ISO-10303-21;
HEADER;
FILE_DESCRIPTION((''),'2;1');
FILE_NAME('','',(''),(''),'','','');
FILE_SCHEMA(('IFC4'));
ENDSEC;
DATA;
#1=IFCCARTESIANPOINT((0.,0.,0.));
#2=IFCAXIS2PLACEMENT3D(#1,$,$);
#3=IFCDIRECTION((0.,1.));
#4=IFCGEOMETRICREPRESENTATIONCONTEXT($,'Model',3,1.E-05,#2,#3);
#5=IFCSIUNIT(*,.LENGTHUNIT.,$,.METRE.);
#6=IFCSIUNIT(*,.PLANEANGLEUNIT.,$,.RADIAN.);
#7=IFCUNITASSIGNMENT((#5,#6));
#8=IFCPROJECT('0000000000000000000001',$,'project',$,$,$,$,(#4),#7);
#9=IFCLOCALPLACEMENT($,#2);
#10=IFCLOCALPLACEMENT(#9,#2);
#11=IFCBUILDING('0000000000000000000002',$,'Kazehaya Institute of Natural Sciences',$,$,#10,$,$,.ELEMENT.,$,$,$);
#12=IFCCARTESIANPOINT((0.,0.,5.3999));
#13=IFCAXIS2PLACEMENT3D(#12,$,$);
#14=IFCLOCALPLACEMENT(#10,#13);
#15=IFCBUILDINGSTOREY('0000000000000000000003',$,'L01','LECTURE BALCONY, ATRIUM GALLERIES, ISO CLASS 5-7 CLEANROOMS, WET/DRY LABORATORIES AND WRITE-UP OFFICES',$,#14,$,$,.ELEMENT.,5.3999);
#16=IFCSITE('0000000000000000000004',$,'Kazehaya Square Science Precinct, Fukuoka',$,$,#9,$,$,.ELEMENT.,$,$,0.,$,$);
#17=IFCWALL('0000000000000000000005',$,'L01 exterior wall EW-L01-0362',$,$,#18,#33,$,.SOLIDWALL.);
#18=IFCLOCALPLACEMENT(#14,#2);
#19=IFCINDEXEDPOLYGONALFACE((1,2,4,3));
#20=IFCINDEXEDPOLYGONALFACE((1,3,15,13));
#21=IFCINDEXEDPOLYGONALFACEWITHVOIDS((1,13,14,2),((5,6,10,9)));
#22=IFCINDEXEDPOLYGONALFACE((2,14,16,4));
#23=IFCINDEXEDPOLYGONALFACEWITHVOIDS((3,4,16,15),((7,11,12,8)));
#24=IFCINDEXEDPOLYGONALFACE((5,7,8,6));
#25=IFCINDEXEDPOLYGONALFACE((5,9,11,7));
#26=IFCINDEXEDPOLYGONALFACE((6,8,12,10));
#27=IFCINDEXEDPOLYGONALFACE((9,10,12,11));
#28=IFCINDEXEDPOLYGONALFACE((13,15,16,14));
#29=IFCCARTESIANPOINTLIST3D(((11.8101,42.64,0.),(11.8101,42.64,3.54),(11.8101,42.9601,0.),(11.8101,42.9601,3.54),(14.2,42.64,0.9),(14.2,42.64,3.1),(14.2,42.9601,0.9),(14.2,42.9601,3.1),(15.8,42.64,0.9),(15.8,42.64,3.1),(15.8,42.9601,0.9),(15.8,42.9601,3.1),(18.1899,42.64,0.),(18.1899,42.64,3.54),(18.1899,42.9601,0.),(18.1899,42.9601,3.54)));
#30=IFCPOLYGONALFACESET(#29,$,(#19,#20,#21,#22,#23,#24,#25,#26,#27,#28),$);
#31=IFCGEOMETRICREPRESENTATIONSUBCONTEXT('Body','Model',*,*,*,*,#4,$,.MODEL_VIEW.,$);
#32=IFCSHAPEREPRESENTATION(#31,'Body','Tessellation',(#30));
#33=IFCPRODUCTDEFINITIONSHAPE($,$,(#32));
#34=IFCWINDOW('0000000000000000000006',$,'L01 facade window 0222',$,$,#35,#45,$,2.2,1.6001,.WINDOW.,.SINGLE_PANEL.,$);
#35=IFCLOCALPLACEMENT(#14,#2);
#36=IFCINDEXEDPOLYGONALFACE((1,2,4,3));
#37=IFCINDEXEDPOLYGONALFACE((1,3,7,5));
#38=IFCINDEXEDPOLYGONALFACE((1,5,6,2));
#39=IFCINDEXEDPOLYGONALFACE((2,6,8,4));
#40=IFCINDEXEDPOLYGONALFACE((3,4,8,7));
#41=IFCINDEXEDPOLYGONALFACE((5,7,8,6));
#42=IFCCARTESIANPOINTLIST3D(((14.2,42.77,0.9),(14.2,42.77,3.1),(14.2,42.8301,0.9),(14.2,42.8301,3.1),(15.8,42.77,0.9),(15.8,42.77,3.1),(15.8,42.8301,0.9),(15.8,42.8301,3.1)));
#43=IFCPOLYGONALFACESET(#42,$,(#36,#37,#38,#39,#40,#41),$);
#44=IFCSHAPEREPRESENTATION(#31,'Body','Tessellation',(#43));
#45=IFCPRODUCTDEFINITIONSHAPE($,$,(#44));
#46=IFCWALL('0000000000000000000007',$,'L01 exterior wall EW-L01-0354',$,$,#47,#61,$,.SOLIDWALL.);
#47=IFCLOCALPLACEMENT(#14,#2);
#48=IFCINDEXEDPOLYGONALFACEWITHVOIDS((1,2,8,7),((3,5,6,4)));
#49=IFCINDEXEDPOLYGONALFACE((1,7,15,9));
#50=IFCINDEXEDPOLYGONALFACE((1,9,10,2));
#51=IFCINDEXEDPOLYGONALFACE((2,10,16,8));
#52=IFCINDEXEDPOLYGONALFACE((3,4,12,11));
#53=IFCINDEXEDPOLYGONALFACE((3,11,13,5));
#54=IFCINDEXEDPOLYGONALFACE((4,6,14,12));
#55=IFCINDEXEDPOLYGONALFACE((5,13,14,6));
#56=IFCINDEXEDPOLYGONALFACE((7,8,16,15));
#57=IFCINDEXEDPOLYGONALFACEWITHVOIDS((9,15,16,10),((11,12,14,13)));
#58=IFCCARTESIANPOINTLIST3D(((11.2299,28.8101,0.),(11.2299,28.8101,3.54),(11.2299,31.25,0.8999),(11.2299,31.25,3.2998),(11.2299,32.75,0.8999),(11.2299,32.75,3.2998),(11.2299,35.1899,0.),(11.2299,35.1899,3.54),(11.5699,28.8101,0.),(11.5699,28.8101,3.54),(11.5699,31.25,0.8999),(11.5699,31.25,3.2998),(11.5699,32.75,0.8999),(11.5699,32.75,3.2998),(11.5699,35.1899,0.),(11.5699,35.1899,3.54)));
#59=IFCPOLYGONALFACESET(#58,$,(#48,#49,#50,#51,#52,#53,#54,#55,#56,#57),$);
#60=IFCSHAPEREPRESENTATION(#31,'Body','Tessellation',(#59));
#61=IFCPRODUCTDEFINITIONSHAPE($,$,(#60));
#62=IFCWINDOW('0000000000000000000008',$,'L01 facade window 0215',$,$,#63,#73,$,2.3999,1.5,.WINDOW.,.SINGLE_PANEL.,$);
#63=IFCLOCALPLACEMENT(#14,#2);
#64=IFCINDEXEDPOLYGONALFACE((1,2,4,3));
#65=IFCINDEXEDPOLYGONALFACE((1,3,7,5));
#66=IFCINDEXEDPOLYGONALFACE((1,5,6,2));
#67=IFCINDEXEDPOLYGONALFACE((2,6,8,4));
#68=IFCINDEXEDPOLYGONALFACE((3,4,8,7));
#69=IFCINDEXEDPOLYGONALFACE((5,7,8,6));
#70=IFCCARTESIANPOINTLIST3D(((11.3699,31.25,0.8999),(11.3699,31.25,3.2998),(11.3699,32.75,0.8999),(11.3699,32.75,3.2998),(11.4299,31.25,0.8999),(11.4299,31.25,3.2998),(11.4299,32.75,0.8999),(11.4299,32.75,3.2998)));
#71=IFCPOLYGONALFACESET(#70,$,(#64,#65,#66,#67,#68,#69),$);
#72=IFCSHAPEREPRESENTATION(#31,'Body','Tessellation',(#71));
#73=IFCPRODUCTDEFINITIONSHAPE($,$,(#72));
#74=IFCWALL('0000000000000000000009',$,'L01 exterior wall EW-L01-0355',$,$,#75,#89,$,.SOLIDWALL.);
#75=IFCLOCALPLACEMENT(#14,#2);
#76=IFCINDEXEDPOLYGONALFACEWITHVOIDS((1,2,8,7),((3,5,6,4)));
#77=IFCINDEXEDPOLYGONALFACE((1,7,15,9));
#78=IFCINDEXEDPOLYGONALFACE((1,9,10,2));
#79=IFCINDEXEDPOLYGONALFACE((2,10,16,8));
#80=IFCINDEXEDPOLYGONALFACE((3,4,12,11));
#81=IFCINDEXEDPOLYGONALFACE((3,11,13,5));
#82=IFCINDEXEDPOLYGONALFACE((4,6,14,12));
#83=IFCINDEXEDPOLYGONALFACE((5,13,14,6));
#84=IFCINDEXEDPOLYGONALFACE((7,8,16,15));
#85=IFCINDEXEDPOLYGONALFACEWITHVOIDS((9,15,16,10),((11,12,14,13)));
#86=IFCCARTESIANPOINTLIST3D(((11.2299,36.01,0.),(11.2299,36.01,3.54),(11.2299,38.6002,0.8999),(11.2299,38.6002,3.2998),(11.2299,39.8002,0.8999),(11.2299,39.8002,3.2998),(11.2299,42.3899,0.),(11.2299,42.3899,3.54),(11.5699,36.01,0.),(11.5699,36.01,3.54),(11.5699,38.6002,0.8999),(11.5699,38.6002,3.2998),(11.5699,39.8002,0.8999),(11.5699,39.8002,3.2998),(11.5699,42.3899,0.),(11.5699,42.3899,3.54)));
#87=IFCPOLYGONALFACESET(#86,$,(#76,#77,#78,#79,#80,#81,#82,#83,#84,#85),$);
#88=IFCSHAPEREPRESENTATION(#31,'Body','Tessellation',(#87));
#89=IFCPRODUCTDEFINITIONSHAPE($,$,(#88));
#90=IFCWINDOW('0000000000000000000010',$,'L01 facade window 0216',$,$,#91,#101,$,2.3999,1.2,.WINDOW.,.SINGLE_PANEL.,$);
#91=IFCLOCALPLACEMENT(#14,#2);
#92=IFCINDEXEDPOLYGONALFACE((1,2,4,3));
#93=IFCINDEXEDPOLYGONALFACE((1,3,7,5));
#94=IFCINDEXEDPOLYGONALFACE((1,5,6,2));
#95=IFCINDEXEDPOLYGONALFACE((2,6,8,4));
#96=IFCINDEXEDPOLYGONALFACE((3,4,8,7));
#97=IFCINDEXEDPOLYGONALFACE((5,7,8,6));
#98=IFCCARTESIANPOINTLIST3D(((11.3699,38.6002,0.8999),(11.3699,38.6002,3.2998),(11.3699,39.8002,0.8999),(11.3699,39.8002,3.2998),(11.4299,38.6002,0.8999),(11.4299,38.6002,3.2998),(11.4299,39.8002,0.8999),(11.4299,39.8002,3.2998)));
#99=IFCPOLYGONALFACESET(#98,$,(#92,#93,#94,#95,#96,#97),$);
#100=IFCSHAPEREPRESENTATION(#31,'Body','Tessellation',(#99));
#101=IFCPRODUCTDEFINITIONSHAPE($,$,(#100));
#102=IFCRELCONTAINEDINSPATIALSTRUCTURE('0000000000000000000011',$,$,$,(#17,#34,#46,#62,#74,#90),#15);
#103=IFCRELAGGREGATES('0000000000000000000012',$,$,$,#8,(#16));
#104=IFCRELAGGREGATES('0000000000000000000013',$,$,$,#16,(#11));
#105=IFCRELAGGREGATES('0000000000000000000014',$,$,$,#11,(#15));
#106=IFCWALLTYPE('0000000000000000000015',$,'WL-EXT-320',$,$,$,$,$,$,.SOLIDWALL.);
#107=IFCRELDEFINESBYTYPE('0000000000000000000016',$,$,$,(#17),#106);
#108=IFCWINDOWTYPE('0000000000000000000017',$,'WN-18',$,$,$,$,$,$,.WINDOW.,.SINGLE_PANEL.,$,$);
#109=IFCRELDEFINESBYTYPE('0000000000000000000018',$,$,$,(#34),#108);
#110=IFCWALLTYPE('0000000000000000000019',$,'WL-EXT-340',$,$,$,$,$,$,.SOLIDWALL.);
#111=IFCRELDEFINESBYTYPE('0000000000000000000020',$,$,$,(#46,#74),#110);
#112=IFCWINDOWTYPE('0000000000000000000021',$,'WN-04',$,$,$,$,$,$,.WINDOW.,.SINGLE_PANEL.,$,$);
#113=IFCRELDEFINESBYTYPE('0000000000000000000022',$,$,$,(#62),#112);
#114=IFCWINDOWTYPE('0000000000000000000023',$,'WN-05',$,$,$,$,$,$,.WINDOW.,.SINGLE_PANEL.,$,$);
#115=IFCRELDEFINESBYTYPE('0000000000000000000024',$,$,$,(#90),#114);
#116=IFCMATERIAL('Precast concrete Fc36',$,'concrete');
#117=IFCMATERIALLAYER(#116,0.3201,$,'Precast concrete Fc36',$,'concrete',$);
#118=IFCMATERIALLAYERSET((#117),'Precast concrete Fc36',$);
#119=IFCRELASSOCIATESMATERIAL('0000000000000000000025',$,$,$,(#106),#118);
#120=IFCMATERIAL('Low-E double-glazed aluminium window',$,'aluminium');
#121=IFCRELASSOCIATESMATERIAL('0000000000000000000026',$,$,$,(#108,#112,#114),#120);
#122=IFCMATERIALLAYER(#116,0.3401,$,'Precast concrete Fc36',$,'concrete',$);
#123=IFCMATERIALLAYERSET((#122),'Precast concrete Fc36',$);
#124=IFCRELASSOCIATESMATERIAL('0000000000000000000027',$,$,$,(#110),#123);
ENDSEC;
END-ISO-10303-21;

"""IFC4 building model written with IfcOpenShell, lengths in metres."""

from ifc_helpers import new_model, si_unit, direction, frame, frame_2d, origin, place, context, subcontext, project, spatial, rectangle, extrude, material, layer, layer_set, type_object, element, fill, save


model = new_model("IFC4")

# Units and contexts
model_context = context("Model", 3, precision=1e-05, world=origin(), true_north=direction((0.0, 1.0)))
body_context = subcontext(model_context, "Body", "Model", "MODEL_VIEW")
ifc_project = project(units=[si_unit("LENGTHUNIT", "METRE"), si_unit("PLANEANGLEUNIT", "RADIAN")], contexts=[model_context])

# Site, building, storey
site_placement = place(None, origin())
site = spatial("IfcSite", under=ifc_project, at=site_placement, Name="Kazehaya Square Science Precinct, Fukuoka", CompositionType="ELEMENT", RefElevation=0.0)
building_placement = place(site_placement, origin())
building = spatial("IfcBuilding", under=site, at=building_placement, Name="Kazehaya Institute of Natural Sciences", CompositionType="ELEMENT")
storey_placement = place(building_placement, frame((0.0, 0.0, 5.3999)))
storey = spatial("IfcBuildingStorey", under=building, at=storey_placement, Name="L01", Description="LECTURE BALCONY, ATRIUM GALLERIES, ISO CLASS 5-7 CLEANROOMS, WET/DRY LABORATORIES AND WRITE-UP OFFICES", CompositionType="ELEMENT", Elevation=5.3999)

# Walls, openings, windows
ifc_material_1 = material(Name="Precast concrete Fc36", Category="concrete")
ifc_layer_1 = layer(ifc_material_1, 0.3201, Name="Precast concrete Fc36", Category="concrete")
ifc_layer_set_1 = layer_set([ifc_layer_1], Name="Precast concrete Fc36")
wall_type_1 = type_object("IfcWallType", Name="WL-EXT-320", PredefinedType="SOLIDWALL", material=ifc_layer_set_1)
wall_1_placement = place(storey_placement, frame((11.8101, 42.8, 0.0), z_axis=(0.0, 0.0, 1.0), x_axis=(1.0, 0.0, 0.0)))
wall_1 = element("IfcWall", 1, at=wall_1_placement, inside=storey, type_object=wall_type_1, Name="L01 exterior wall EW-L01-0362", PredefinedType="SOLIDWALL", context=body_context, shape_type="SweptSolid", body=[
    extrude(rectangle(XDim=6.3799, YDim=0.3201, at=frame_2d((3.1899, 0.0))), origin(), (0.0, 0.0, 1.0), 3.54),
])
opening_1_placement = place(wall_1_placement, frame((2.3899, 0.0, 0.8999)))
opening_1 = element("IfcOpeningElement", 2, at=opening_1_placement, cuts=wall_1, PredefinedType="OPENING", context=body_context, shape_type="SweptSolid", body=[
    extrude(rectangle(XDim=1.6001, YDim=2.2, at=frame_2d((0.8, 1.1001))), frame((0.0, 0.1699, 0.0), z_axis=(0.0, -1.0, 0.0), x_axis=(1.0, 0.0, 0.0)), (0.0, 0.0, 1.0), 0.3401),
])
ifc_material_2 = material(Name="Low-E double-glazed aluminium window", Category="aluminium")
window_type_1 = type_object("IfcWindowType", Name="WN-18", PartitioningType="SINGLE_PANEL", PredefinedType="WINDOW", material=ifc_material_2)
window_1_placement = place(opening_1_placement, origin())
window_1 = element("IfcWindow", 3, at=window_1_placement, inside=storey, type_object=window_type_1, Name="L01 facade window 0222", OverallHeight=2.2, OverallWidth=1.6001, PartitioningType="SINGLE_PANEL", PredefinedType="WINDOW", context=body_context, shape_type="SweptSolid", body=[
    extrude(rectangle(XDim=1.6001, YDim=2.2, at=frame_2d((0.8, 1.1001))), frame((0.0, 0.03, 0.0), z_axis=(0.0, -1.0, 0.0), x_axis=(1.0, 0.0, 0.0)), (0.0, 0.0, 1.0), 0.0601),
])
fill(opening_1, window_1)
ifc_layer_2 = layer(ifc_material_1, 0.3401, Name="Precast concrete Fc36", Category="concrete")
ifc_layer_set_2 = layer_set([ifc_layer_2], Name="Precast concrete Fc36")
wall_type_2 = type_object("IfcWallType", Name="WL-EXT-340", PredefinedType="SOLIDWALL", material=ifc_layer_set_2)
wall_2_placement = place(storey_placement, frame((11.3999, 28.8101, 0.0), z_axis=(0.0, 0.0, 1.0), x_axis=(0.0, 1.0, 0.0)))
wall_2 = element("IfcWall", 4, at=wall_2_placement, inside=storey, type_object=wall_type_2, Name="L01 exterior wall EW-L01-0354", PredefinedType="SOLIDWALL", context=body_context, shape_type="SweptSolid", body=[
    extrude(rectangle(XDim=6.3799, YDim=0.3401, at=frame_2d((3.1899, 0.0))), origin(), (0.0, 0.0, 1.0), 3.54),
])
opening_2_placement = place(wall_2_placement, frame((2.4399, 0.0, 0.8999)))
opening_2 = element("IfcOpeningElement", 5, at=opening_2_placement, cuts=wall_2, PredefinedType="OPENING", context=body_context, shape_type="SweptSolid", body=[
    extrude(rectangle(XDim=1.5, YDim=2.3999, at=frame_2d((0.75, 1.2))), frame((0.0, 0.1799, 0.0), z_axis=(0.0, -1.0, 0.0), x_axis=(1.0, 0.0, 0.0)), (0.0, 0.0, 1.0), 0.3601),
])
window_type_2 = type_object("IfcWindowType", Name="WN-04", PartitioningType="SINGLE_PANEL", PredefinedType="WINDOW", material=ifc_material_2)
window_2_placement = place(opening_2_placement, origin())
window_2 = element("IfcWindow", 6, at=window_2_placement, inside=storey, type_object=window_type_2, Name="L01 facade window 0215", OverallHeight=2.3999, OverallWidth=1.5, PartitioningType="SINGLE_PANEL", PredefinedType="WINDOW", context=body_context, shape_type="SweptSolid", body=[
    extrude(rectangle(XDim=1.5, YDim=2.3999, at=frame_2d((0.75, 1.2))), frame((0.0, 0.03, 0.0), z_axis=(0.0, -1.0, 0.0), x_axis=(1.0, 0.0, 0.0)), (0.0, 0.0, 1.0), 0.0601),
])
fill(opening_2, window_2)
wall_3_placement = place(storey_placement, frame((11.3999, 36.01, 0.0), z_axis=(0.0, 0.0, 1.0), x_axis=(0.0, 1.0, 0.0)))
wall_3 = element("IfcWall", 7, at=wall_3_placement, inside=storey, type_object=wall_type_2, Name="L01 exterior wall EW-L01-0355", PredefinedType="SOLIDWALL", context=body_context, shape_type="SweptSolid", body=[
    extrude(rectangle(XDim=6.3799, YDim=0.3401, at=frame_2d((3.1899, 0.0))), origin(), (0.0, 0.0, 1.0), 3.54),
])
opening_3_placement = place(wall_3_placement, frame((2.5901, 0.0, 0.8999)))
opening_3 = element("IfcOpeningElement", 8, at=opening_3_placement, cuts=wall_3, PredefinedType="OPENING", context=body_context, shape_type="SweptSolid", body=[
    extrude(rectangle(XDim=1.2, YDim=2.3999, at=frame_2d((0.6001, 1.2))), frame((0.0, 0.1799, 0.0), z_axis=(0.0, -1.0, 0.0), x_axis=(1.0, 0.0, 0.0)), (0.0, 0.0, 1.0), 0.3601),
])
window_type_3 = type_object("IfcWindowType", Name="WN-05", PartitioningType="SINGLE_PANEL", PredefinedType="WINDOW", material=ifc_material_2)
window_3_placement = place(opening_3_placement, origin())
window_3 = element("IfcWindow", 9, at=window_3_placement, inside=storey, type_object=window_type_3, Name="L01 facade window 0216", OverallHeight=2.3999, OverallWidth=1.2, PartitioningType="SINGLE_PANEL", PredefinedType="WINDOW", context=body_context, shape_type="SweptSolid", body=[
    extrude(rectangle(XDim=1.2, YDim=2.3999, at=frame_2d((0.6001, 1.2))), frame((0.0, 0.03, 0.0), z_axis=(0.0, -1.0, 0.0), x_axis=(1.0, 0.0, 0.0)), (0.0, 0.0, 1.0), 0.0601),
])
fill(opening_3, window_3)

save(model, "model.ifc")
